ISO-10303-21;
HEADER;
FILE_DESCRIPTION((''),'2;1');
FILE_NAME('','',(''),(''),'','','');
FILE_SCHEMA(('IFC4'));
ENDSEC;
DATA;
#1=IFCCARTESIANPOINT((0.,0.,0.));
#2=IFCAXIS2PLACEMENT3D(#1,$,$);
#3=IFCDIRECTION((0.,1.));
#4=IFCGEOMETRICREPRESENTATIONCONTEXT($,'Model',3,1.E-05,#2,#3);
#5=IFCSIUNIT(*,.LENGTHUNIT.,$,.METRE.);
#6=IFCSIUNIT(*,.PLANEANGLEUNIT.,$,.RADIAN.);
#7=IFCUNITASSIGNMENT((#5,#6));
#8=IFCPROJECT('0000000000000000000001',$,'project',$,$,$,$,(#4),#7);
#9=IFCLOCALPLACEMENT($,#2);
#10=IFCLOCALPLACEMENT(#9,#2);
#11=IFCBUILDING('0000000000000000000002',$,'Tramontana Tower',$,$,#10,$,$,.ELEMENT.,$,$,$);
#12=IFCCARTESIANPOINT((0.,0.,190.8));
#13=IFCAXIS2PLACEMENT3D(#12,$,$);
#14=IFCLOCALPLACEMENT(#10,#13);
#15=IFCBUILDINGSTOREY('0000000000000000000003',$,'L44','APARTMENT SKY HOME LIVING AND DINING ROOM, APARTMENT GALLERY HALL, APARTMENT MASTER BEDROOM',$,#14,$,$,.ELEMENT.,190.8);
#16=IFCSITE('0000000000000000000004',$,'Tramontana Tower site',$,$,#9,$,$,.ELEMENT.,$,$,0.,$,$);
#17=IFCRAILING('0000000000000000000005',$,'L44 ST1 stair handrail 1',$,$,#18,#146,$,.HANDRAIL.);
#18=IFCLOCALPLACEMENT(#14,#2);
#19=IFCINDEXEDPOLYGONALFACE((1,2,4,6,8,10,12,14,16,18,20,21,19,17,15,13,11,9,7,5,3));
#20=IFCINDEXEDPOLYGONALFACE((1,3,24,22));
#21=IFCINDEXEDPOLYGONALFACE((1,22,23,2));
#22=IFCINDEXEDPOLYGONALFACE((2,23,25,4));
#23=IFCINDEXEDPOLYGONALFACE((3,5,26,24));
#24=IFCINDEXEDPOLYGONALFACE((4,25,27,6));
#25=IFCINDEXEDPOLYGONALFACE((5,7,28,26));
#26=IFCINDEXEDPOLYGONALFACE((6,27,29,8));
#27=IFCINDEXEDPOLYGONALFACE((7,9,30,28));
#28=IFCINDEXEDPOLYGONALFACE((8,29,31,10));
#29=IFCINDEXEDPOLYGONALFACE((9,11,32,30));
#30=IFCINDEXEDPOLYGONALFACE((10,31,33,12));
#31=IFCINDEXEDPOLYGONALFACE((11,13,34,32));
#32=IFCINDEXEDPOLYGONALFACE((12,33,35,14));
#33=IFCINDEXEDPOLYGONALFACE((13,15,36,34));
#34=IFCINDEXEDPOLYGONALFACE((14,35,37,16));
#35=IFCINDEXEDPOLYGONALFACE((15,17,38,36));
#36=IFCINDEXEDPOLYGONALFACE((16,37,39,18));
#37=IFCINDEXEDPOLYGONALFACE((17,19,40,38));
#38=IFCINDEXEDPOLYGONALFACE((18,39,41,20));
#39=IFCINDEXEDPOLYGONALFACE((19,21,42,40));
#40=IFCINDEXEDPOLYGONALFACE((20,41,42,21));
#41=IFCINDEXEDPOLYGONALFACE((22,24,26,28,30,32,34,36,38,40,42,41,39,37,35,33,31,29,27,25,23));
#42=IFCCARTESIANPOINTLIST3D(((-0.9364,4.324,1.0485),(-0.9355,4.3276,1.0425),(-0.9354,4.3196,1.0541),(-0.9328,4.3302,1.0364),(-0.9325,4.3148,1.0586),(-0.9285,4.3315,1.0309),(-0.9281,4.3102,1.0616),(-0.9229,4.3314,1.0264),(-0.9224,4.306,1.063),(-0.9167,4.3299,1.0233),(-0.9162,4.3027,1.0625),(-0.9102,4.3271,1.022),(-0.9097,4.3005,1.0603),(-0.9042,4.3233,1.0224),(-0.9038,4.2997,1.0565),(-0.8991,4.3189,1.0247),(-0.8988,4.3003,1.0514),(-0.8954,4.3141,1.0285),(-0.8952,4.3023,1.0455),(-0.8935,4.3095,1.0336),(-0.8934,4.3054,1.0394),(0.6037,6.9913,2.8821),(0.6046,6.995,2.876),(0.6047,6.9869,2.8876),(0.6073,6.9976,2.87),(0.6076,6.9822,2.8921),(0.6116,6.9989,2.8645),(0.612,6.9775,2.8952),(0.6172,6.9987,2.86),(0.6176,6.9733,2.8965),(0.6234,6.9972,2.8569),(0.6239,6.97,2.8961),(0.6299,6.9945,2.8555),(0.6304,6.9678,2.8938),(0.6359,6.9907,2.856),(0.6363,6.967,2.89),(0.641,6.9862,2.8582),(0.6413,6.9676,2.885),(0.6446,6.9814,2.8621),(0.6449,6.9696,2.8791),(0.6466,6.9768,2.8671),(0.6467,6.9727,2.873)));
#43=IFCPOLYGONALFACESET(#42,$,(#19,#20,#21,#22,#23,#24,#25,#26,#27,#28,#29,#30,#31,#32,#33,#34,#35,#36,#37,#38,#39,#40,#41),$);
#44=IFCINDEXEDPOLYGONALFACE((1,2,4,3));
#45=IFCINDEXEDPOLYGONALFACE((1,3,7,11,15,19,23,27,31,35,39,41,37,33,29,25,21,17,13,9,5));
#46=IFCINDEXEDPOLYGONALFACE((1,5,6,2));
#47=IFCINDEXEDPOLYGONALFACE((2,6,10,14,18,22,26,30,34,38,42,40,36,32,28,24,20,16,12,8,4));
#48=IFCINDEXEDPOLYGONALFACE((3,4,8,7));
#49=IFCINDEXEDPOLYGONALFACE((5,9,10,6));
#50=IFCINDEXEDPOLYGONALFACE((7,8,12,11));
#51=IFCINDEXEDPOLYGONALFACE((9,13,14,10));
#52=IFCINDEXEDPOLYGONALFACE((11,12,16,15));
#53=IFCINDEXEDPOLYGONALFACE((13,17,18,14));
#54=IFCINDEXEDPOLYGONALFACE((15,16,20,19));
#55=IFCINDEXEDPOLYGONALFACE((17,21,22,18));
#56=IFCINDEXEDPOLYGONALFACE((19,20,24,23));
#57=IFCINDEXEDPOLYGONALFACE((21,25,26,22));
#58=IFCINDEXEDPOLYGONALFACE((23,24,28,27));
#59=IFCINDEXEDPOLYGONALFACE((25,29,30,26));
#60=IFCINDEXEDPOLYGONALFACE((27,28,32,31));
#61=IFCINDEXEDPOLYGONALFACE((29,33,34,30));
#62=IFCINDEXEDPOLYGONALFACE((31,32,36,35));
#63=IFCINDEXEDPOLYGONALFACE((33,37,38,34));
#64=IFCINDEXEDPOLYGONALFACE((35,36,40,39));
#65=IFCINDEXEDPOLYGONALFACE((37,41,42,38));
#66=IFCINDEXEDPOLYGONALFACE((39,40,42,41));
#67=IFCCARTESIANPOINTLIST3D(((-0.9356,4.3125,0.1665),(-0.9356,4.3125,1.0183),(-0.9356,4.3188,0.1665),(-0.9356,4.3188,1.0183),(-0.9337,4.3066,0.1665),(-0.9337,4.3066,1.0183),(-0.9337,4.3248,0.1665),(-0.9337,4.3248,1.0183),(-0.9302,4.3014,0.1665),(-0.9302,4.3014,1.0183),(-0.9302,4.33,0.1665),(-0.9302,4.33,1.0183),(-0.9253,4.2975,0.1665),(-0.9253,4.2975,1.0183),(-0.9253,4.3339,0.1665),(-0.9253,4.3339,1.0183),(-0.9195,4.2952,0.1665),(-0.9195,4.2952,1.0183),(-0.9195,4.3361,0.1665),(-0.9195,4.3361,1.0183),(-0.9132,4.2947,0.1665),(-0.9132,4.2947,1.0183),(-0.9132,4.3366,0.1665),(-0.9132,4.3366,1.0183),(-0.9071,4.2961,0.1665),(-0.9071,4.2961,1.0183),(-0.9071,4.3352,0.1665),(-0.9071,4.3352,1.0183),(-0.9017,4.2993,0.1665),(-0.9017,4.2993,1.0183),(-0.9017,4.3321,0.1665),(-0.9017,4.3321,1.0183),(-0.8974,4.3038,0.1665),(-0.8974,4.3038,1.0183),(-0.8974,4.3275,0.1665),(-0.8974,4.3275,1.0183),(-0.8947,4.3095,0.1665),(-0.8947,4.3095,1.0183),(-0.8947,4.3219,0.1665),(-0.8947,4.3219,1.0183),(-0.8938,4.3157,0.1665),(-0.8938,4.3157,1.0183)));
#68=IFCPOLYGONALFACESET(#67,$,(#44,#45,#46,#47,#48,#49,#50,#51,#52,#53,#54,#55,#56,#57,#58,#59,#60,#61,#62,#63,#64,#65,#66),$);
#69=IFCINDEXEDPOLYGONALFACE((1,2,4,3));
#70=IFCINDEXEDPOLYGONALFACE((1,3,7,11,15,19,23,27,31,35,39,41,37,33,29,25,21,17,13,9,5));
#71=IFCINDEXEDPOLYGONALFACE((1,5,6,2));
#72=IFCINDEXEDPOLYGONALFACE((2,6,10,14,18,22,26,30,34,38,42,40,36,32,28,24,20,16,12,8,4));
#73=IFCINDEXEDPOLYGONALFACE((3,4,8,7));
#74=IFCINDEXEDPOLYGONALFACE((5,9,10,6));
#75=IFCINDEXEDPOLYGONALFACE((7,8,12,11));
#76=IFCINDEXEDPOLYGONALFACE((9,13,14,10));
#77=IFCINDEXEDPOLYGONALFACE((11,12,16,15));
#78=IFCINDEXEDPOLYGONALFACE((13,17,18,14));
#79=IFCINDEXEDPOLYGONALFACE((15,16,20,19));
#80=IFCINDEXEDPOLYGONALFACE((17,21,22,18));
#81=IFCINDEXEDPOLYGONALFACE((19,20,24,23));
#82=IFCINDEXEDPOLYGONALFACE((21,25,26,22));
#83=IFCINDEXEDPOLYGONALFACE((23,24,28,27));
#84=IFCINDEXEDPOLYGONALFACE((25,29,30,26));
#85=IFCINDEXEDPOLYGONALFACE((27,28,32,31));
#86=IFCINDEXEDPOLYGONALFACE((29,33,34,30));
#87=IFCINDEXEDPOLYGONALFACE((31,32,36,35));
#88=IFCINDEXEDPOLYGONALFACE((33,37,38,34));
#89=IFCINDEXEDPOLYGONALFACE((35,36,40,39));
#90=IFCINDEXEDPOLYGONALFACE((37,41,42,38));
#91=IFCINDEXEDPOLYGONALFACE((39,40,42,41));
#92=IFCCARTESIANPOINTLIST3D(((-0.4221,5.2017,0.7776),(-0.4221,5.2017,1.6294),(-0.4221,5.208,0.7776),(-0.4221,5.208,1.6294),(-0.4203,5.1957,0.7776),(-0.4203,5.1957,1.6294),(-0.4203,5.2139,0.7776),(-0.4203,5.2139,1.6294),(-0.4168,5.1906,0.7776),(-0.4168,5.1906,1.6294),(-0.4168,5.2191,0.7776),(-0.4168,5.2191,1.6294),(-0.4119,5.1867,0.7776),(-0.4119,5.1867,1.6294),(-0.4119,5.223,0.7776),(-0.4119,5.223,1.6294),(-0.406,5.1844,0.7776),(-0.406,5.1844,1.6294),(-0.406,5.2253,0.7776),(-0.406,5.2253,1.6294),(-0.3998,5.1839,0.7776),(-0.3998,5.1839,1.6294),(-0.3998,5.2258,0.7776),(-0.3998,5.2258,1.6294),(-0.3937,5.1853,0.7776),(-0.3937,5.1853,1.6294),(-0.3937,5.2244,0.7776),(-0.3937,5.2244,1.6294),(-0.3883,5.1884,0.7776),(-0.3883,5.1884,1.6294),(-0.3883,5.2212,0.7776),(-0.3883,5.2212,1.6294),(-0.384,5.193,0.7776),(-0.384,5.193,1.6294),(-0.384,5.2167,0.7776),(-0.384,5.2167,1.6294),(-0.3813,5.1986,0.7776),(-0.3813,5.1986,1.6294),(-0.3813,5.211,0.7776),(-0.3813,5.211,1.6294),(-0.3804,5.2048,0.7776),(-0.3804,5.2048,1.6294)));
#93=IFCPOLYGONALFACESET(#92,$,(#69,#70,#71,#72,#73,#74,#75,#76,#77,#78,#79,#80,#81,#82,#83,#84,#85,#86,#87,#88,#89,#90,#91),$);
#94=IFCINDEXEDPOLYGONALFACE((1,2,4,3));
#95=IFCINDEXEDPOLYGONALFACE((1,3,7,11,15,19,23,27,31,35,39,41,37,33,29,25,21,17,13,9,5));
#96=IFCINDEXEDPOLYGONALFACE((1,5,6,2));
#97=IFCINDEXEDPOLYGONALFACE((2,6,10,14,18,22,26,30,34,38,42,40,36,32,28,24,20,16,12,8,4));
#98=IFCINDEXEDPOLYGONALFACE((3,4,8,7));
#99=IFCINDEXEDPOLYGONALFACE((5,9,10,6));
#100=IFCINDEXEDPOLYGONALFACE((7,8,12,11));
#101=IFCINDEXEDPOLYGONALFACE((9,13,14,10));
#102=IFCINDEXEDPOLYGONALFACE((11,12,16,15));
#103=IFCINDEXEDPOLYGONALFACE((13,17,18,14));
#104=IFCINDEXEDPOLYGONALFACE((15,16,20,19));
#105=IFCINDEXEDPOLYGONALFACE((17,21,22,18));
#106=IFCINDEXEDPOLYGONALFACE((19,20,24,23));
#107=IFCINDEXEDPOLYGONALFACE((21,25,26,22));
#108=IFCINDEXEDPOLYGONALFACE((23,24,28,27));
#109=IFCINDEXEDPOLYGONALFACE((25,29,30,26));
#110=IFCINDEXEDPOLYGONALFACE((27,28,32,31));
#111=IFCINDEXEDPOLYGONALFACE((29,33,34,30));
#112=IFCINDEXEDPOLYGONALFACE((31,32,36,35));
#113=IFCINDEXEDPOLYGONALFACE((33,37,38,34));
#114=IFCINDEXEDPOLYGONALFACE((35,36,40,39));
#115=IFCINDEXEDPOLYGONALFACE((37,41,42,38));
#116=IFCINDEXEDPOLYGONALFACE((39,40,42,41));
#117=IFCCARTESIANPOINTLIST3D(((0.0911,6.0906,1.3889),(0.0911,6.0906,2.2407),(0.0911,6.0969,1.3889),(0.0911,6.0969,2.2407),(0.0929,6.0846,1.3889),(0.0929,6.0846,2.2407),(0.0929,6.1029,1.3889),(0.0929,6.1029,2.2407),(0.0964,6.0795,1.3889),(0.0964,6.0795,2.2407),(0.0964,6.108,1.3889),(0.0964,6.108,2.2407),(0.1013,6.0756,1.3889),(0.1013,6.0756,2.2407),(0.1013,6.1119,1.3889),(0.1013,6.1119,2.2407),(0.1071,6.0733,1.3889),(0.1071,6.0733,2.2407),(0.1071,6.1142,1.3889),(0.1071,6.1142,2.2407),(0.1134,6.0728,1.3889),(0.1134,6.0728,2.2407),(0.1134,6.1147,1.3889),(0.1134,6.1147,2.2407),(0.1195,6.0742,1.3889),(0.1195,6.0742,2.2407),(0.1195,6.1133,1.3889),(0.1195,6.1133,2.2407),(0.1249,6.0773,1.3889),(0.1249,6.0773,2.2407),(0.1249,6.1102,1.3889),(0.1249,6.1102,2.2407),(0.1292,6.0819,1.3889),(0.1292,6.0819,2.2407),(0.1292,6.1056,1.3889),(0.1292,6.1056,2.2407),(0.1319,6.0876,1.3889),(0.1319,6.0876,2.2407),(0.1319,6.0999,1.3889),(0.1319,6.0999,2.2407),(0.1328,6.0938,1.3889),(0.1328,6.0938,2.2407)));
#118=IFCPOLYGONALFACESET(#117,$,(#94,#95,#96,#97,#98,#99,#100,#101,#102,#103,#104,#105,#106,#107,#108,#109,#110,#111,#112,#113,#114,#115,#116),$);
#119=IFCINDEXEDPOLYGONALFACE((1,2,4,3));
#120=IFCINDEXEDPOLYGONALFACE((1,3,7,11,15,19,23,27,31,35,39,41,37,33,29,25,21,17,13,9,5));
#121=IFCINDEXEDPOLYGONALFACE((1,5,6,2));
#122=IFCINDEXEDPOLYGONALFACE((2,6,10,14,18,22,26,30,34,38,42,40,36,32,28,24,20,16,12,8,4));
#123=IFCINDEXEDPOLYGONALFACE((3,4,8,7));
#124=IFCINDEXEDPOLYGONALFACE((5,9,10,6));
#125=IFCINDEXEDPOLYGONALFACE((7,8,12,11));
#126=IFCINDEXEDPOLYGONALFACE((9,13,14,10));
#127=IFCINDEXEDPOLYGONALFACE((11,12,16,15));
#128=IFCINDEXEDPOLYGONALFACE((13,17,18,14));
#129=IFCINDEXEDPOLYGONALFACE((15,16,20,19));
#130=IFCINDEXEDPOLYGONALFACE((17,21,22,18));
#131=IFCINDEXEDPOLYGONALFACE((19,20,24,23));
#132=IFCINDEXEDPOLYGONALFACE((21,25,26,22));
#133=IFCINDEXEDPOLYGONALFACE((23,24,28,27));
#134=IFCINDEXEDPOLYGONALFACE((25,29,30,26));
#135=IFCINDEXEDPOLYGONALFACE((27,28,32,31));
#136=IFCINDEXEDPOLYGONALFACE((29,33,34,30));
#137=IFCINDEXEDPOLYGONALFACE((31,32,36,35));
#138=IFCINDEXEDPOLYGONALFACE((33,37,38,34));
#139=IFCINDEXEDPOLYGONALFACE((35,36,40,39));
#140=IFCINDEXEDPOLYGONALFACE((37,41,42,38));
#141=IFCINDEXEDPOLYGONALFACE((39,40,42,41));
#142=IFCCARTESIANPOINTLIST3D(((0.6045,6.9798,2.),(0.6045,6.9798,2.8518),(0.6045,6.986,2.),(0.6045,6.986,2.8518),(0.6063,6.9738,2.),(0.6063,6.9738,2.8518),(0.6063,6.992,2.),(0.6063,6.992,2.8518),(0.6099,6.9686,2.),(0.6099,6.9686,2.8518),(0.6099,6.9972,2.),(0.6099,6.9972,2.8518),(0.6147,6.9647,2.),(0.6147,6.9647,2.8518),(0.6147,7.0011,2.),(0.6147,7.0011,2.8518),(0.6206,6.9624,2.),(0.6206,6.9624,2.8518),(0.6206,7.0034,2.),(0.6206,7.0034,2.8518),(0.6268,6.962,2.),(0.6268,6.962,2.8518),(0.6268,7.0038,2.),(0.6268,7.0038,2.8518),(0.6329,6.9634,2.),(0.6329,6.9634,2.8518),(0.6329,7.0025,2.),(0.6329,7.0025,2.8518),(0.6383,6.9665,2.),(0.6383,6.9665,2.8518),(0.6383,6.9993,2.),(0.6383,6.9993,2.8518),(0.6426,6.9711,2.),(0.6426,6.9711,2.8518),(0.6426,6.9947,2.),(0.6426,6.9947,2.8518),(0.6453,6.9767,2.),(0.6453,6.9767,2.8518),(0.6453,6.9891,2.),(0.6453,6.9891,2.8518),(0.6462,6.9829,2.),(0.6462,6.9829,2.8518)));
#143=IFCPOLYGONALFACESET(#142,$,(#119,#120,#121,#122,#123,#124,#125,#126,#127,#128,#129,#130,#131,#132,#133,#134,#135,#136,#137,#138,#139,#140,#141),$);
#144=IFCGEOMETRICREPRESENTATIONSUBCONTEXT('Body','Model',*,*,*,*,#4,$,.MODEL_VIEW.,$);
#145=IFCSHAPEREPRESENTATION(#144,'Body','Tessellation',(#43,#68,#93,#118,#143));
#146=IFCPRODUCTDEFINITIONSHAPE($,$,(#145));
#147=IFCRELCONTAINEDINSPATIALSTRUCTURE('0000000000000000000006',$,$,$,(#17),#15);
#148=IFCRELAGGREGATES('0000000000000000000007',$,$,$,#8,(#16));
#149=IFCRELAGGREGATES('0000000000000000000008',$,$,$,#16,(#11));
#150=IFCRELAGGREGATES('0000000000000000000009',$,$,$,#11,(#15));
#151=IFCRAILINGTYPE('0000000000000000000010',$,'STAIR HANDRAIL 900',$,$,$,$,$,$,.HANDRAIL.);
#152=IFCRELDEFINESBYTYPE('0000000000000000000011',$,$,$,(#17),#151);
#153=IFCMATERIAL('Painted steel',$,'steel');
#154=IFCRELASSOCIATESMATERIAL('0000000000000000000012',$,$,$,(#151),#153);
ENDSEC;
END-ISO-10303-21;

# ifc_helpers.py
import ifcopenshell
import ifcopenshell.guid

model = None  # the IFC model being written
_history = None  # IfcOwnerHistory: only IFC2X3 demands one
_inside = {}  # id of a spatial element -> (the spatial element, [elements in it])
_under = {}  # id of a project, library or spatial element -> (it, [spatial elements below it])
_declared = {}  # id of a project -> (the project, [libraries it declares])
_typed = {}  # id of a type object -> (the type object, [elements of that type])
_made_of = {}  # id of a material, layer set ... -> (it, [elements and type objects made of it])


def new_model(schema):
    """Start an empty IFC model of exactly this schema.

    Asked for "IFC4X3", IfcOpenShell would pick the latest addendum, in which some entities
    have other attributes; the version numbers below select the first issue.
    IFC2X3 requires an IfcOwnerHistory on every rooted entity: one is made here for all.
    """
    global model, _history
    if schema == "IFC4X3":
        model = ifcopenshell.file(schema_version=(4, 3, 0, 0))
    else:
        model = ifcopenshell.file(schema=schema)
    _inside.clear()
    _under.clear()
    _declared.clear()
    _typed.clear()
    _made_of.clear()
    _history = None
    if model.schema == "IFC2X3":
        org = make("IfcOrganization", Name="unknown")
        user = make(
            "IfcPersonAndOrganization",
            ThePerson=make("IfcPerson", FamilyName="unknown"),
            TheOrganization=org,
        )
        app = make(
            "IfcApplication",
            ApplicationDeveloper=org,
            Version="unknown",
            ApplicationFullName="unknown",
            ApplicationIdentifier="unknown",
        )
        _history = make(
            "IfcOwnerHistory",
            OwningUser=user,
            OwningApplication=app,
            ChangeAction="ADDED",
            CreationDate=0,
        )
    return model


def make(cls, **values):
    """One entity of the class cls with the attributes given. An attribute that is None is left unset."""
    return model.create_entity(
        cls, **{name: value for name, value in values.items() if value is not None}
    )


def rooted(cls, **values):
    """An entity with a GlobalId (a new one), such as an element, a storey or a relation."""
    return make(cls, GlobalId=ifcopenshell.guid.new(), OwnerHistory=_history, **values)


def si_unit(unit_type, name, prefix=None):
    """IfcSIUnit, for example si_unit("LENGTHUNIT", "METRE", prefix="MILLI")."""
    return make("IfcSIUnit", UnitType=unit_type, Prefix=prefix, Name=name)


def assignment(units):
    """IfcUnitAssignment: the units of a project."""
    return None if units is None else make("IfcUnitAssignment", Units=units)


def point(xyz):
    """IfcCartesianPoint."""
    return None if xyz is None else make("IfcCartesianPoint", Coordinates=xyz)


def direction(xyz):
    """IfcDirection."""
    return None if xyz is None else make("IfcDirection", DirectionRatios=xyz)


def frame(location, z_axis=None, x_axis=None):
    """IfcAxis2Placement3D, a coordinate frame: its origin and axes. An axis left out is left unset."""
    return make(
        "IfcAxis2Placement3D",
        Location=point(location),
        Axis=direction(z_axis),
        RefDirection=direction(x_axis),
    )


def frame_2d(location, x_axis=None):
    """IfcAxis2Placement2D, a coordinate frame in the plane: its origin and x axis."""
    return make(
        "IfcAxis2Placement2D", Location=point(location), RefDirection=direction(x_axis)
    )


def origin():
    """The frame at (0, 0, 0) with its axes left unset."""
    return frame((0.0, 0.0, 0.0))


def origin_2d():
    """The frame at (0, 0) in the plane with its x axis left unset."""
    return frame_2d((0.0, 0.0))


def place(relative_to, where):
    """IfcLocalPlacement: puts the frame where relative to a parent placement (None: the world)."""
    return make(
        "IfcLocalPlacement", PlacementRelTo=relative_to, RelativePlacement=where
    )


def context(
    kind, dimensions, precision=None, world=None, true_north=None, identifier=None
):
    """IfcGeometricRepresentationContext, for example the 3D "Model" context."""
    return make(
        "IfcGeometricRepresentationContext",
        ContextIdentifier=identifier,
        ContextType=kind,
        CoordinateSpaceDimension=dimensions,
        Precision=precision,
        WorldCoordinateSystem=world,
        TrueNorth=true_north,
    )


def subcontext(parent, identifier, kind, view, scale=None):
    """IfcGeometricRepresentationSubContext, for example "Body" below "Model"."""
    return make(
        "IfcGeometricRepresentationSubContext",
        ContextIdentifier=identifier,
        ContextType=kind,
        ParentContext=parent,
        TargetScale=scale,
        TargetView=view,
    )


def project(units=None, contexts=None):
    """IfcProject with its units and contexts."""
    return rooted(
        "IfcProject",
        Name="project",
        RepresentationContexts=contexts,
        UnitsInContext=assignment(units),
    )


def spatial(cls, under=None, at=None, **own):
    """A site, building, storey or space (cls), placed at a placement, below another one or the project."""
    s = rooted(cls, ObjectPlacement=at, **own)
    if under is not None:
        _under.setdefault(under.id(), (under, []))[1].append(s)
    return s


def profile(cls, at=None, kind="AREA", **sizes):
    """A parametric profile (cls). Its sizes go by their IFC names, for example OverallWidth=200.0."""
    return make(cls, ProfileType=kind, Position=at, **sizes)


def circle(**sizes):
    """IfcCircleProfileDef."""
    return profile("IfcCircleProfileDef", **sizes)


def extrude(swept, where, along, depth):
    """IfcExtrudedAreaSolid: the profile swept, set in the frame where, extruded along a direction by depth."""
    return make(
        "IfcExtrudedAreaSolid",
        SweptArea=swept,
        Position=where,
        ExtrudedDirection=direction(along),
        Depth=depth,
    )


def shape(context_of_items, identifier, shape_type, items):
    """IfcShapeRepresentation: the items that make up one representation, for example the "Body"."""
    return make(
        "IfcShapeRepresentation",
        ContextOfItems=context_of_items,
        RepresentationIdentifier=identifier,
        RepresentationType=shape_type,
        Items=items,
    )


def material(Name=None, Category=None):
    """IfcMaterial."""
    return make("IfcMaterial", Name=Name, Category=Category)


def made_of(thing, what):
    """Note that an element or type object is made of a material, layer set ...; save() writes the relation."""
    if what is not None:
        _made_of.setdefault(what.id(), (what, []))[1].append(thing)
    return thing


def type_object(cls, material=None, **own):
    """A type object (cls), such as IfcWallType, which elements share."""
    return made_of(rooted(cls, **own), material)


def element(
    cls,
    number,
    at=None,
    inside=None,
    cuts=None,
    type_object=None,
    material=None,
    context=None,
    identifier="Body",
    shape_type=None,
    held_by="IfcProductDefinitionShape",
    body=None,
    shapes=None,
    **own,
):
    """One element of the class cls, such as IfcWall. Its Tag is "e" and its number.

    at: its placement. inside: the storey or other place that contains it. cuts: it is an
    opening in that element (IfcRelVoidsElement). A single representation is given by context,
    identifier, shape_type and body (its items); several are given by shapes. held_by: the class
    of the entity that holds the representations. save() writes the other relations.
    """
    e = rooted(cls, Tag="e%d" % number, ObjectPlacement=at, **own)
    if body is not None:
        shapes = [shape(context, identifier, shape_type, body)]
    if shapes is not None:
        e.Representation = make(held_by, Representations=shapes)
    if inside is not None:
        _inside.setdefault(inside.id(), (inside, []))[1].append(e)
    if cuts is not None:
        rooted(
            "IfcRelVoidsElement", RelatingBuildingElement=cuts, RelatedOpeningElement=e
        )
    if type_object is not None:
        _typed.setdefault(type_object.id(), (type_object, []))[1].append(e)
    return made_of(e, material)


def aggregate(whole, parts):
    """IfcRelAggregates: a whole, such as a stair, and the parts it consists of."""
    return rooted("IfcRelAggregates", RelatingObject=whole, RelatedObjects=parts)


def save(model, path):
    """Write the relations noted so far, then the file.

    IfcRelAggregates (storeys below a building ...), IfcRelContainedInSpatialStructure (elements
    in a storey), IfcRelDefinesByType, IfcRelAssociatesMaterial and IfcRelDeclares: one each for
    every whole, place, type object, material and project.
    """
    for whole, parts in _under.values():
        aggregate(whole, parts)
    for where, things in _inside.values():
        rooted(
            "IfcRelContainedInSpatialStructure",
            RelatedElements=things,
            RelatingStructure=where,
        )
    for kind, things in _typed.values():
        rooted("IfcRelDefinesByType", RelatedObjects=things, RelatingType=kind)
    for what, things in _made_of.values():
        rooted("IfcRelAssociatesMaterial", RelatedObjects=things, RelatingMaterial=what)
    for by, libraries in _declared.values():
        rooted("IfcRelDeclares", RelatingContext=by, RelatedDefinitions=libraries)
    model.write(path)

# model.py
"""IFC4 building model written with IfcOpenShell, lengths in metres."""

from ifc_helpers import new_model, si_unit, direction, frame, origin, origin_2d, place, context, subcontext, project, spatial, circle, extrude, material, type_object, element, save


model = new_model("IFC4")

# Units and contexts
model_context = context("Model", 3, precision=1e-05, world=origin(), true_north=direction((0.0, 1.0)))
body_context = subcontext(model_context, "Body", "Model", "MODEL_VIEW")
ifc_project = project(units=[si_unit("LENGTHUNIT", "METRE"), si_unit("PLANEANGLEUNIT", "RADIAN")], contexts=[model_context])

# Site, building, storey
site_placement = place(None, origin())
site = spatial("IfcSite", under=ifc_project, at=site_placement, Name="Tramontana Tower site", CompositionType="ELEMENT", RefElevation=0.0)
building_placement = place(site_placement, origin())
building = spatial("IfcBuilding", under=site, at=building_placement, Name="Tramontana Tower", CompositionType="ELEMENT")
storey_placement = place(building_placement, frame((0.0, 0.0, 190.8)))
storey = spatial("IfcBuildingStorey", under=building, at=storey_placement, Name="L44", Description="APARTMENT SKY HOME LIVING AND DINING ROOM, APARTMENT GALLERY HALL, APARTMENT MASTER BEDROOM", CompositionType="ELEMENT", Elevation=190.8)

# Railing
ifc_material_1 = material(Name="Painted steel", Category="steel")
railing_type_1 = type_object("IfcRailingType", Name="STAIR HANDRAIL 900", PredefinedType="HANDRAIL", material=ifc_material_1)
railing_1_placement = place(storey_placement, frame((-0.9148, 4.3157, 0.1665)))
element("IfcRailing", 1, at=railing_1_placement, inside=storey, type_object=railing_type_1, Name="L44 ST1 stair handrail 1", PredefinedType="HANDRAIL", context=body_context, shape_type="SweptSolid", body=[
    extrude(circle(Radius=0.0239, at=origin_2d()), frame((0.0, 0.0, 0.876), z_axis=(0.429656, 0.744134, 0.511528), x_axis=(-0.86601, 0.500027, 0.0)), (0.0, 0.0, 1.0), 3.5845),
    extrude(circle(Radius=0.021, at=origin_2d()), origin(), (0.0, 0.0, 1.0), 0.8518),
    extrude(circle(Radius=0.021, at=origin_2d()), frame((0.5134, 0.8892, 0.6111)), (0.0, 0.0, 1.0), 0.8518),
    extrude(circle(Radius=0.021, at=origin_2d()), frame((1.0266, 1.7781, 1.2224)), (0.0, 0.0, 1.0), 0.8518),
    extrude(circle(Radius=0.021, at=origin_2d()), frame((1.54, 2.6672, 1.8335)), (0.0, 0.0, 1.0), 0.8518),
])

save(model, "model.ifc")
